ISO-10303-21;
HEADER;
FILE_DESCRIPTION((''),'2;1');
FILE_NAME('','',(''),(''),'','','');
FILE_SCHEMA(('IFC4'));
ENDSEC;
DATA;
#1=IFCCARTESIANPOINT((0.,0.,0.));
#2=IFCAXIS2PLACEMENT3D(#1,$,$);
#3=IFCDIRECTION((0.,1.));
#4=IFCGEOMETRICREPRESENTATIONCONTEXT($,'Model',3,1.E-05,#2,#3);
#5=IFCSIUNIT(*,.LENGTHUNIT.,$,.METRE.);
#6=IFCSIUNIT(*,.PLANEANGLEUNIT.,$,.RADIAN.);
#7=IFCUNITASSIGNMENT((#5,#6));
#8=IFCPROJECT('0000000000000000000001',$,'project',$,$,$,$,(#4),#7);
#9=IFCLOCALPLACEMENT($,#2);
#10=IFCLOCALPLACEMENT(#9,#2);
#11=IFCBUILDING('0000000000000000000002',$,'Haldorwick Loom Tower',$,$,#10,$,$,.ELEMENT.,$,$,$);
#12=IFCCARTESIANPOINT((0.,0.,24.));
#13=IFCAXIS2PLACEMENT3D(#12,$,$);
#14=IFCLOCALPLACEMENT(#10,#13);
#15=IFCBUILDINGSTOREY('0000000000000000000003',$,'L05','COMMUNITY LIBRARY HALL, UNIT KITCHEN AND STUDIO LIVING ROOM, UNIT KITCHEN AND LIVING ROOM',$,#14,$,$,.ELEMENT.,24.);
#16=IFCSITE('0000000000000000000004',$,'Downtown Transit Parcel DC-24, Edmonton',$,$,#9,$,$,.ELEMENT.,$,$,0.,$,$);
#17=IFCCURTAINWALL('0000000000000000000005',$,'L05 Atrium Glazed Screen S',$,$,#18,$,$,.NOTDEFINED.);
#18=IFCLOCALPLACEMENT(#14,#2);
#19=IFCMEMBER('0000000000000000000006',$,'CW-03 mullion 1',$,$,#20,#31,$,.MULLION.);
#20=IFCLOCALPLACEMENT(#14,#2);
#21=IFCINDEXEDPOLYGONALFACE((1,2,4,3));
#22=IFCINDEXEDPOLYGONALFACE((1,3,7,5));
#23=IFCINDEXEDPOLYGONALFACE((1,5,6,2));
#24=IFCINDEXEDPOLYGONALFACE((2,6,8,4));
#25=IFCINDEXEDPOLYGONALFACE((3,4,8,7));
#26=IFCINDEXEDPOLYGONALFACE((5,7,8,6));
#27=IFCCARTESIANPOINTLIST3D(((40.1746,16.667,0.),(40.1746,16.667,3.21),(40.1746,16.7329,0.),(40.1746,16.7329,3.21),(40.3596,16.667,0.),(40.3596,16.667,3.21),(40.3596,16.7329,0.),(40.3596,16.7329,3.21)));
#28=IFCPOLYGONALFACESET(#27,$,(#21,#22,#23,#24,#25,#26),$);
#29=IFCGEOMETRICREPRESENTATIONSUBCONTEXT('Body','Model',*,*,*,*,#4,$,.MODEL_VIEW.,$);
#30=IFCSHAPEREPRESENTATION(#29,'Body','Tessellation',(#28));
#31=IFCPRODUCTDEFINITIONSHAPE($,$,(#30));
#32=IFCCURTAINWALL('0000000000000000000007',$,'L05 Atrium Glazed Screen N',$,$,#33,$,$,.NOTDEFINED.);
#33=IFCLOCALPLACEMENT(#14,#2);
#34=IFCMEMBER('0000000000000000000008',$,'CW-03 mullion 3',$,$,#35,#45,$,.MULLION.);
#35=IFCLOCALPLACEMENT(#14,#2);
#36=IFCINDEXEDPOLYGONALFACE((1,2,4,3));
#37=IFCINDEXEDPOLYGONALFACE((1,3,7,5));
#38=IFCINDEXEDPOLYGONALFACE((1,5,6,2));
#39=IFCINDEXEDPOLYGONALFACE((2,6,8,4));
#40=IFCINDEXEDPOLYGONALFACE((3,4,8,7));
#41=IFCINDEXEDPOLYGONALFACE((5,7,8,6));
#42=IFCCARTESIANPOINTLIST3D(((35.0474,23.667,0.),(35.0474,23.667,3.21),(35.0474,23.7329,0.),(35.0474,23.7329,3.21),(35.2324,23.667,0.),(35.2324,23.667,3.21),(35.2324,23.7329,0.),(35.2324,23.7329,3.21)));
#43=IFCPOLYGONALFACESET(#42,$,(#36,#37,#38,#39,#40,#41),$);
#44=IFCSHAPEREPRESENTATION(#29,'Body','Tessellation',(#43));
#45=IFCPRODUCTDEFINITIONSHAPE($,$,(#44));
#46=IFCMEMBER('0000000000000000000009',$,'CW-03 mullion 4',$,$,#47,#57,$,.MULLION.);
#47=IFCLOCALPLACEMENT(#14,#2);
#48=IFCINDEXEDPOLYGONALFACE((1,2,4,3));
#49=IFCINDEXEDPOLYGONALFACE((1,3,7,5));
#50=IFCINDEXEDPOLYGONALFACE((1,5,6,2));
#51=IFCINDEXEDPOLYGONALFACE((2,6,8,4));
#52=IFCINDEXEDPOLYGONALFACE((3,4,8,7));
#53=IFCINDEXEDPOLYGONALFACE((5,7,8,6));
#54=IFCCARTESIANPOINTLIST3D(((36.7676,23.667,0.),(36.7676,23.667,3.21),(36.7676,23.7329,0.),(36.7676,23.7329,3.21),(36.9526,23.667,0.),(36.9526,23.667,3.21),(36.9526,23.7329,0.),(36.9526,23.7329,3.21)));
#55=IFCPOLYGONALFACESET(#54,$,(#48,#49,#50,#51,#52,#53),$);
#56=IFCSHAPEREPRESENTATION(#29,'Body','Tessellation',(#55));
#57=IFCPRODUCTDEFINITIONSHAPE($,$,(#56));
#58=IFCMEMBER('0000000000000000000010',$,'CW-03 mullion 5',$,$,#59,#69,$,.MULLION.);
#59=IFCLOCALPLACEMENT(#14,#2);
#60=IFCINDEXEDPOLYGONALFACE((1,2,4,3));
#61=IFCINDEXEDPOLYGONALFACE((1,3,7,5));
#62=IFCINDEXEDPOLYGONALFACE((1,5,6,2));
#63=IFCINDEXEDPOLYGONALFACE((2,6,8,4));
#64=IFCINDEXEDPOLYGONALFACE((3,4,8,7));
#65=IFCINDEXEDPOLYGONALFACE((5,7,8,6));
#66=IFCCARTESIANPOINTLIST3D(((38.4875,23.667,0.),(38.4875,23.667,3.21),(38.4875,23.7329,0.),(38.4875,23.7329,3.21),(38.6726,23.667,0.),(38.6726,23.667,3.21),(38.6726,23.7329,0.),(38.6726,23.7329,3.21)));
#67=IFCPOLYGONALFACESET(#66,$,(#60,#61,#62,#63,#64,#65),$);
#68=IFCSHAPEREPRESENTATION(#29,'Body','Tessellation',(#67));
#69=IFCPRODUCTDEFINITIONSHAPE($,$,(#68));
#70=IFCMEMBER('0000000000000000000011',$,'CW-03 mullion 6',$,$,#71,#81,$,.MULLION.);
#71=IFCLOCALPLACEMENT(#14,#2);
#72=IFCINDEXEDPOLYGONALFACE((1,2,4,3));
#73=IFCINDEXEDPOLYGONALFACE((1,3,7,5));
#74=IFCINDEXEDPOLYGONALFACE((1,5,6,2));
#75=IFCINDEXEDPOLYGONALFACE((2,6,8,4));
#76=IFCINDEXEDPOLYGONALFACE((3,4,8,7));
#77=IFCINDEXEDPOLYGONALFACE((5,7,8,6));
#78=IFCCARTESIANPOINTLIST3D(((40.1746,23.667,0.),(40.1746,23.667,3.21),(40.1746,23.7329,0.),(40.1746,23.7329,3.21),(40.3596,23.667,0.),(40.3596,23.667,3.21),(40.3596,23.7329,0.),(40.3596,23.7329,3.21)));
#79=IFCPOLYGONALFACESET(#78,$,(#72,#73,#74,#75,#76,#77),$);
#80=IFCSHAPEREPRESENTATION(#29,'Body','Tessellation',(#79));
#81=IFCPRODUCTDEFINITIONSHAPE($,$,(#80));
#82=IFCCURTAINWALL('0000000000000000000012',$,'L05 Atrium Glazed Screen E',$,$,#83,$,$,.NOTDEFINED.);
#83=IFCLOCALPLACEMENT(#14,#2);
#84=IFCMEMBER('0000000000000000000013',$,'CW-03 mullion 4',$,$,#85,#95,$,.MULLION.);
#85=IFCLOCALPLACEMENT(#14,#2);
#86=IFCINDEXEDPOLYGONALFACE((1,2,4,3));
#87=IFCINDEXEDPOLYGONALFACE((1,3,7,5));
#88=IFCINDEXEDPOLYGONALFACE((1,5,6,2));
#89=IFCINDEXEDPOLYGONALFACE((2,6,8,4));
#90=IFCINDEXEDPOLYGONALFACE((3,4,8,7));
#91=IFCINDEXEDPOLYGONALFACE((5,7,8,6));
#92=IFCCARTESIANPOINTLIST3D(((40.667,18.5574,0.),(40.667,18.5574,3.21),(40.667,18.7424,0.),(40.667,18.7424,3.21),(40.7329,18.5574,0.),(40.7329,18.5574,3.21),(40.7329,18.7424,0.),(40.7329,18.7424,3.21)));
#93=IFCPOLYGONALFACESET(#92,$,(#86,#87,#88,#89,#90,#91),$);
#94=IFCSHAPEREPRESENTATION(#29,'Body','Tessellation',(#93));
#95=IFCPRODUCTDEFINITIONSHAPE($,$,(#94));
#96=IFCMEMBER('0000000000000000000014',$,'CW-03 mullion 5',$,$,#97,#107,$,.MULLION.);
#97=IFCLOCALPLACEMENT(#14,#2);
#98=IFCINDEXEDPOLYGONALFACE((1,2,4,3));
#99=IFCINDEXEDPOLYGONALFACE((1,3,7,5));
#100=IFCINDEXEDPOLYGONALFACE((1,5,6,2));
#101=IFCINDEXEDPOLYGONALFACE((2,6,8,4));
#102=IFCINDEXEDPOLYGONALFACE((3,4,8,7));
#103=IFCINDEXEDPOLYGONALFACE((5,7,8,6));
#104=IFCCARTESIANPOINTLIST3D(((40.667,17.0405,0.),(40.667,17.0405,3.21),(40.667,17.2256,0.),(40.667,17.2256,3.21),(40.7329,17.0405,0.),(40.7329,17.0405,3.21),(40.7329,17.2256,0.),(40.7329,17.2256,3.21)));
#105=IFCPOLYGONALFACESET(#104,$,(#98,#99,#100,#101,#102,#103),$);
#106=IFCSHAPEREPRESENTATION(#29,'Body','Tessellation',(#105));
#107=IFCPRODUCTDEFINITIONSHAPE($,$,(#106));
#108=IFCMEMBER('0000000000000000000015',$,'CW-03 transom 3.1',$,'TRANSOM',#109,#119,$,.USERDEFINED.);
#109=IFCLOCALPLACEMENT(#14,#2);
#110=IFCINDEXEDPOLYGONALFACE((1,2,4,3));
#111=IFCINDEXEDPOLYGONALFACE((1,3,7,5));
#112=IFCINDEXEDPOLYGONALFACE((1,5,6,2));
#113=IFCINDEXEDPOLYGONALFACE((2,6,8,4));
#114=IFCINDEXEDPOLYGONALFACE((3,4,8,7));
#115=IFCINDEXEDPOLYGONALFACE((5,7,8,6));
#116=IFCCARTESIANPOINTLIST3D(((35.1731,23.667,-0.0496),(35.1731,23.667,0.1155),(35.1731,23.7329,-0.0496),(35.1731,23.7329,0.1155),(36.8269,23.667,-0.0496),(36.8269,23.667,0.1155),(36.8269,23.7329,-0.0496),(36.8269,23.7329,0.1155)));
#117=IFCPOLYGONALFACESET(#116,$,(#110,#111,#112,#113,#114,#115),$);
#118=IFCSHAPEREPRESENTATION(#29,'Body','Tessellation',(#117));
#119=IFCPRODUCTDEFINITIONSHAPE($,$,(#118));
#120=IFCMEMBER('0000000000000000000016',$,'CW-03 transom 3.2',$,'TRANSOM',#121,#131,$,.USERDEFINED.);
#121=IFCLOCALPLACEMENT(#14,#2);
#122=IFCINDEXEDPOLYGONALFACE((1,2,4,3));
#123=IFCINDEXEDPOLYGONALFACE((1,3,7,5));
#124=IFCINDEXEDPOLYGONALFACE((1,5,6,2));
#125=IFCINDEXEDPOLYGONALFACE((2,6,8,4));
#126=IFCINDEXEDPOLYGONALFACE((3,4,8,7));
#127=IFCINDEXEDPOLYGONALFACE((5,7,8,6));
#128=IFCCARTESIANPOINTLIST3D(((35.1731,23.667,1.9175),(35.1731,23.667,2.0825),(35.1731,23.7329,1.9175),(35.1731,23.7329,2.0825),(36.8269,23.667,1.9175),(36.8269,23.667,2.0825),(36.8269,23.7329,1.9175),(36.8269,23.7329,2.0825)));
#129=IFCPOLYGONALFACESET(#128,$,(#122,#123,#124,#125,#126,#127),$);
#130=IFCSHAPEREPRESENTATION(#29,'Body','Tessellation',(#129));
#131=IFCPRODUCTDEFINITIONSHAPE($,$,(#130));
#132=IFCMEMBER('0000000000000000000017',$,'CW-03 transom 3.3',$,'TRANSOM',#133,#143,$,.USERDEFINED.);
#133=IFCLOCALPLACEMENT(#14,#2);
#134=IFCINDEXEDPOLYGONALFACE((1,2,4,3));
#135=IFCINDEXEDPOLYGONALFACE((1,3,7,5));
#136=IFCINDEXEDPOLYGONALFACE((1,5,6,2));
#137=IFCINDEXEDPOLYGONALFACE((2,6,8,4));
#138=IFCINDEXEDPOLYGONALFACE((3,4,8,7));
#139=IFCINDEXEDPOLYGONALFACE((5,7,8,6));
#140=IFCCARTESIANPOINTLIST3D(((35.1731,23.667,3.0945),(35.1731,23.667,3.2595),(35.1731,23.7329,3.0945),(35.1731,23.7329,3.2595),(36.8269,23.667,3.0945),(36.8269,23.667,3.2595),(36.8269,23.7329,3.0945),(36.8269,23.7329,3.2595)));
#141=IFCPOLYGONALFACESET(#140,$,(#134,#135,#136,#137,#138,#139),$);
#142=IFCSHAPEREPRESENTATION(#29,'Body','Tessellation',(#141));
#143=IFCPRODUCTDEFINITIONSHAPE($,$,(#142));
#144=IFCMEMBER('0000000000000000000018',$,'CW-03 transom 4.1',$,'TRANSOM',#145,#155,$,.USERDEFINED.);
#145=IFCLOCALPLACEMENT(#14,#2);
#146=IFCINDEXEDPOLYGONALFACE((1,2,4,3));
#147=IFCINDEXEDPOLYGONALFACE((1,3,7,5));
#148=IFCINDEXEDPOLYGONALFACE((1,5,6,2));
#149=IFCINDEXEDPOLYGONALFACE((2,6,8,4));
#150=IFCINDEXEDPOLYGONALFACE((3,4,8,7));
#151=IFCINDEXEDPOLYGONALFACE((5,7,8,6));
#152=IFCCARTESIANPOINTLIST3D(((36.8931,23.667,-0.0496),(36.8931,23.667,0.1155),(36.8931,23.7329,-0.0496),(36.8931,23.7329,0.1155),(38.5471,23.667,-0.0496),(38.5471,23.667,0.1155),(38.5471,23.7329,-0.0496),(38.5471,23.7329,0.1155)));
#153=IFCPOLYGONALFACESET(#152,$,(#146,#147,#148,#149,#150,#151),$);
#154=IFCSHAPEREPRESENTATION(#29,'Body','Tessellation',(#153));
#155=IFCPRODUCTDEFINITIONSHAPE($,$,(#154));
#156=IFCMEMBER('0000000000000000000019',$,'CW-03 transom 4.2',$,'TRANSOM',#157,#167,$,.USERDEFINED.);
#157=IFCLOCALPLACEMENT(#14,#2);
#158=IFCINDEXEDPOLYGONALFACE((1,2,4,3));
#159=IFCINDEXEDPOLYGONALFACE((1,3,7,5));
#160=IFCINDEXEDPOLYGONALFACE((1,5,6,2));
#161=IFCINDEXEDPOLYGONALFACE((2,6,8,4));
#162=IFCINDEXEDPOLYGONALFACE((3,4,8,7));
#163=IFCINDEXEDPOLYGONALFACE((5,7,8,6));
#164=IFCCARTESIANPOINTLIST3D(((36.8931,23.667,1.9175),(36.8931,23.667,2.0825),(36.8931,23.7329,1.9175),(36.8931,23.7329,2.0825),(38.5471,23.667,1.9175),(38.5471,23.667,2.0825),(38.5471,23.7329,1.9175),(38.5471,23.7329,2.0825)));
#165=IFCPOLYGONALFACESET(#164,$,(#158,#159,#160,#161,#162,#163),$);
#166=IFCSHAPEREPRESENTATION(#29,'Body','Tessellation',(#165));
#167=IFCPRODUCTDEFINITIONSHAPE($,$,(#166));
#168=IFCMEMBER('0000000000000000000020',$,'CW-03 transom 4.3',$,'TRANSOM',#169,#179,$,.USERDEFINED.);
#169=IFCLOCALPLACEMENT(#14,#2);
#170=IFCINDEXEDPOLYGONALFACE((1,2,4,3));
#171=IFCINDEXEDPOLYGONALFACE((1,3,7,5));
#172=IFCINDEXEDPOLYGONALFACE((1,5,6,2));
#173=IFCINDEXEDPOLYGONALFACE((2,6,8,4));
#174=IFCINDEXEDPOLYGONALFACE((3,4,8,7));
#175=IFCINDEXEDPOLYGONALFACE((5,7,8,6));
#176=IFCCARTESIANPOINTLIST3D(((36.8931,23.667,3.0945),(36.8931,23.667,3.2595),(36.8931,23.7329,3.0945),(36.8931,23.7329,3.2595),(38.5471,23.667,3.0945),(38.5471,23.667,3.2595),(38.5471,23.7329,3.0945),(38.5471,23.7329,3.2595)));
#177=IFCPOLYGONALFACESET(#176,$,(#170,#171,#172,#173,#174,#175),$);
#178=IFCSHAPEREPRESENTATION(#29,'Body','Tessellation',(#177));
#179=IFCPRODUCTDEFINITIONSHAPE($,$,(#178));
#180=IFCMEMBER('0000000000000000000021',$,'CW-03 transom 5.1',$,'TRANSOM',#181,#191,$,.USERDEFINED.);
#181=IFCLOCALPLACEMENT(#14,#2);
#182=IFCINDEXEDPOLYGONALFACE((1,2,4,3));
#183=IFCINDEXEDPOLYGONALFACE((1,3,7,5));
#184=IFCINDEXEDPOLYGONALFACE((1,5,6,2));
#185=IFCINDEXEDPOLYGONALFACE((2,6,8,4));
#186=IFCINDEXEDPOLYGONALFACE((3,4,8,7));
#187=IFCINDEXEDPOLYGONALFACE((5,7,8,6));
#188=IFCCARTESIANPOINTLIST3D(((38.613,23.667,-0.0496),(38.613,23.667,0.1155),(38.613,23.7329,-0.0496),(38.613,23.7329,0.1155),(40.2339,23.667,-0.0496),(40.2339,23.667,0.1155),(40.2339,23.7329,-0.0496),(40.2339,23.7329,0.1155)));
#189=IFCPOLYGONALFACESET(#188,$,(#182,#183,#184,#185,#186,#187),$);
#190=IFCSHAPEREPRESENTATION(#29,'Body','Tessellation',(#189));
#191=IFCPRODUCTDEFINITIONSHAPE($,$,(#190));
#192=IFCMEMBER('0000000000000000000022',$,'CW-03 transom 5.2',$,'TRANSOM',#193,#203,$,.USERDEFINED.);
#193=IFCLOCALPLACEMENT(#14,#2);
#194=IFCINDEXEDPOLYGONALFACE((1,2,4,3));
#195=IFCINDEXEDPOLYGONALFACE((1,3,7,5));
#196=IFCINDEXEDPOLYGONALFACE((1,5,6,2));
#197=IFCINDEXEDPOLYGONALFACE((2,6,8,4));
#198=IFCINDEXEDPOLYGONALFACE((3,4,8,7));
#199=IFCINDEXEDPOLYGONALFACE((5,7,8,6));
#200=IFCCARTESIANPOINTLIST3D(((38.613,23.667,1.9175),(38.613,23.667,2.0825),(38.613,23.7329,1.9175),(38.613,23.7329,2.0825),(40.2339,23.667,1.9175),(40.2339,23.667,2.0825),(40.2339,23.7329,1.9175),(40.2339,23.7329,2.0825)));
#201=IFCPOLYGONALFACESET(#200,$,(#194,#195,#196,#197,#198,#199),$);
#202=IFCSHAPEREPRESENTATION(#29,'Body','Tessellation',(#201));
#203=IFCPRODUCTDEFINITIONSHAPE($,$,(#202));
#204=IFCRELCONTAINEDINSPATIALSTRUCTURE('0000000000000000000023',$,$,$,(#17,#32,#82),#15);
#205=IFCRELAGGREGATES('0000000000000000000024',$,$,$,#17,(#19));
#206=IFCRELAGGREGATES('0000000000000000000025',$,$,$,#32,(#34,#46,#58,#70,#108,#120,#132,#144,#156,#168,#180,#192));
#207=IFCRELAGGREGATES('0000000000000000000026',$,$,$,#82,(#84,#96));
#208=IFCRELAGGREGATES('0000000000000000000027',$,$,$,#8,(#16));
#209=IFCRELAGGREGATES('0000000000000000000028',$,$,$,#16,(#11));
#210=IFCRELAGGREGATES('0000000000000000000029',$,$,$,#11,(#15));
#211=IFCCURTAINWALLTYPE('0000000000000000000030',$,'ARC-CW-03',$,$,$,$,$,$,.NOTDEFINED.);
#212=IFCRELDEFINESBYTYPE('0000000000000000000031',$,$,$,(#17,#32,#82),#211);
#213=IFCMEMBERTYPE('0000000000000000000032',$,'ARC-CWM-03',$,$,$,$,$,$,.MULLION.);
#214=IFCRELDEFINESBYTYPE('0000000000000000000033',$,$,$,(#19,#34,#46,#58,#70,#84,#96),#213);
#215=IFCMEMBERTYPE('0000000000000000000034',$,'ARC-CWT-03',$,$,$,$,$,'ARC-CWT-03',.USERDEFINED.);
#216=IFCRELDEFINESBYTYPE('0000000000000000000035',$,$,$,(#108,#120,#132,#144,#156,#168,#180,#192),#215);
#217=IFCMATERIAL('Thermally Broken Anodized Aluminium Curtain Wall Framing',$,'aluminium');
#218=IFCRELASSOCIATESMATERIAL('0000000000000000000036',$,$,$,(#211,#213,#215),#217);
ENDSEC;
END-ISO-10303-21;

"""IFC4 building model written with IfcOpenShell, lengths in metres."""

from ifc_helpers import new_model, si_unit, direction, frame, origin, origin_2d, place, context, subcontext, project, spatial, rectangle, extrude, material, material_profile, profile_set, type_object, element, aggregate, save


model = new_model("IFC4")

# Units and contexts
model_context = context("Model", 3, precision=1e-05, world=origin(), true_north=direction((0.0, 1.0)))
body_context = subcontext(model_context, "Body", "Model", "MODEL_VIEW")
ifc_project = project(units=[si_unit("LENGTHUNIT", "METRE"), si_unit("PLANEANGLEUNIT", "RADIAN")], contexts=[model_context])

# Site, building, storey
site_placement = place(None, origin())
site = spatial("IfcSite", under=ifc_project, at=site_placement, Name="Downtown Transit Parcel DC-24, Edmonton", CompositionType="ELEMENT", RefElevation=0.0)
building_placement = place(site_placement, origin())
building = spatial("IfcBuilding", under=site, at=building_placement, Name="Haldorwick Loom Tower", CompositionType="ELEMENT")
storey_placement = place(building_placement, frame((0.0, 0.0, 24.0)))
storey = spatial("IfcBuildingStorey", under=building, at=storey_placement, Name="L05", Description="COMMUNITY LIBRARY HALL, UNIT KITCHEN AND STUDIO LIVING ROOM, UNIT KITCHEN AND LIVING ROOM", CompositionType="ELEMENT", Elevation=24.0)

# Curtain wall, member
ifc_material_1 = material(Name="Thermally Broken Anodized Aluminium Curtain Wall Framing", Category="aluminium")
curtain_wall_type = type_object("IfcCurtainWallType", Name="ARC-CW-03", PredefinedType="NOTDEFINED", material=ifc_material_1)
curtain_wall_1_placement = place(storey_placement, origin())
curtain_wall_1 = element("IfcCurtainWall", 1, at=curtain_wall_1_placement, inside=storey, type_object=curtain_wall_type, Name="L05 Atrium Glazed Screen S", PredefinedType="NOTDEFINED")
ifc_material_profile_1 = material_profile(ifc_material_1, rectangle(XDim=0.0659, YDim=0.1851, at=origin_2d()), Name="ALU_MUL_66X185", Category="aluminium")
ifc_profile_set_1 = profile_set([ifc_material_profile_1], Name="Thermally Broken Anodized Aluminium Curtain Wall Framing")
member_type_1 = type_object("IfcMemberType", Name="ARC-CWM-03", PredefinedType="MULLION", material=ifc_profile_set_1)
member_1_placement = place(storey_placement, frame((40.2671, 16.7, 0.0), z_axis=(0.0, 0.0, 1.0), x_axis=(0.0, -1.0, 0.0)))
member_1 = element("IfcMember", 2, at=member_1_placement, type_object=member_type_1, Name="CW-03 mullion 1", PredefinedType="MULLION", context=body_context, shape_type="SweptSolid", body=[
    extrude(rectangle(XDim=0.0659, YDim=0.1851, at=origin_2d()), origin(), (0.0, 0.0, 1.0), 3.21),
])
aggregate(curtain_wall_1, [member_1])

# Curtain walls, members
curtain_wall_2_placement = place(storey_placement, origin())
curtain_wall_2 = element("IfcCurtainWall", 3, at=curtain_wall_2_placement, inside=storey, type_object=curtain_wall_type, Name="L05 Atrium Glazed Screen N", PredefinedType="NOTDEFINED")
member_2_placement = place(storey_placement, frame((35.1399, 23.7, 0.0), z_axis=(0.0, 0.0, 1.0), x_axis=(0.0, 1.0, 0.0)))
member_2 = element("IfcMember", 4, at=member_2_placement, type_object=member_type_1, Name="CW-03 mullion 3", PredefinedType="MULLION", context=body_context, shape_type="SweptSolid", body=[
    extrude(rectangle(XDim=0.0659, YDim=0.1851, at=origin_2d()), origin(), (0.0, 0.0, 1.0), 3.21),
])
member_3_placement = place(storey_placement, frame((36.8601, 23.7, 0.0), z_axis=(0.0, 0.0, 1.0), x_axis=(0.0, 1.0, 0.0)))
member_3 = element("IfcMember", 5, at=member_3_placement, type_object=member_type_1, Name="CW-03 mullion 4", PredefinedType="MULLION", context=body_context, shape_type="SweptSolid", body=[
    extrude(rectangle(XDim=0.0659, YDim=0.1851, at=origin_2d()), origin(), (0.0, 0.0, 1.0), 3.21),
])
member_4_placement = place(storey_placement, frame((38.5801, 23.7, 0.0), z_axis=(0.0, 0.0, 1.0), x_axis=(0.0, 1.0, 0.0)))
member_4 = element("IfcMember", 6, at=member_4_placement, type_object=member_type_1, Name="CW-03 mullion 5", PredefinedType="MULLION", context=body_context, shape_type="SweptSolid", body=[
    extrude(rectangle(XDim=0.0659, YDim=0.1851, at=origin_2d()), origin(), (0.0, 0.0, 1.0), 3.21),
])
member_5_placement = place(storey_placement, frame((40.2671, 23.7, 0.0), z_axis=(0.0, 0.0, 1.0), x_axis=(0.0, 1.0, 0.0)))
member_5 = element("IfcMember", 7, at=member_5_placement, type_object=member_type_1, Name="CW-03 mullion 6", PredefinedType="MULLION", context=body_context, shape_type="SweptSolid", body=[
    extrude(rectangle(XDim=0.0659, YDim=0.1851, at=origin_2d()), origin(), (0.0, 0.0, 1.0), 3.21),
])
curtain_wall_3_placement = place(storey_placement, origin())
curtain_wall_3 = element("IfcCurtainWall", 8, at=curtain_wall_3_placement, inside=storey, type_object=curtain_wall_type, Name="L05 Atrium Glazed Screen E", PredefinedType="NOTDEFINED")
member_6_placement = place(storey_placement, frame((40.7, 18.6499, 0.0), z_axis=(0.0, 0.0, 1.0), x_axis=(1.0, 0.0, 0.0)))
member_6 = element("IfcMember", 9, at=member_6_placement, type_object=member_type_1, Name="CW-03 mullion 4", PredefinedType="MULLION", context=body_context, shape_type="SweptSolid", body=[
    extrude(rectangle(XDim=0.0659, YDim=0.1851, at=origin_2d()), origin(), (0.0, 0.0, 1.0), 3.21),
])
member_7_placement = place(storey_placement, frame((40.7, 17.1331, 0.0), z_axis=(0.0, 0.0, 1.0), x_axis=(1.0, 0.0, 0.0)))
member_7 = element("IfcMember", 10, at=member_7_placement, type_object=member_type_1, Name="CW-03 mullion 5", PredefinedType="MULLION", context=body_context, shape_type="SweptSolid", body=[
    extrude(rectangle(XDim=0.0659, YDim=0.1851, at=origin_2d()), origin(), (0.0, 0.0, 1.0), 3.21),
])

# Members
ifc_material_profile_2 = material_profile(ifc_material_1, rectangle(XDim=0.0659, YDim=0.165, at=origin_2d()), Name="ALU_TRN_66X165", Category="aluminium")
ifc_profile_set_2 = profile_set([ifc_material_profile_2], Name="Thermally Broken Anodized Aluminium Curtain Wall Framing")
member_type_2 = type_object("IfcMemberType", Name="ARC-CWT-03", ElementType="ARC-CWT-03", PredefinedType="USERDEFINED", material=ifc_profile_set_2)
member_8_placement = place(storey_placement, frame((35.1731, 23.7, 0.033), z_axis=(1.0, 0.0, 0.0), x_axis=(0.0, 1.0, 0.0)))
member_8 = element("IfcMember", 11, at=member_8_placement, type_object=member_type_2, Name="CW-03 transom 3.1", ObjectType="TRANSOM", PredefinedType="USERDEFINED", context=body_context, shape_type="SweptSolid", body=[
    extrude(rectangle(XDim=0.0659, YDim=0.165, at=origin_2d()), origin(), (0.0, 0.0, 1.0), 1.6538),
])
member_9_placement = place(storey_placement, frame((35.1731, 23.7, 2.0), z_axis=(1.0, 0.0, 0.0), x_axis=(0.0, 1.0, 0.0)))
member_9 = element("IfcMember", 12, at=member_9_placement, type_object=member_type_2, Name="CW-03 transom 3.2", ObjectType="TRANSOM", PredefinedType="USERDEFINED", context=body_context, shape_type="SweptSolid", body=[
    extrude(rectangle(XDim=0.0659, YDim=0.165, at=origin_2d()), origin(), (0.0, 0.0, 1.0), 1.6538),
])
member_10_placement = place(storey_placement, frame((35.1731, 23.7, 3.177), z_axis=(1.0, 0.0, 0.0), x_axis=(0.0, 1.0, 0.0)))
member_10 = element("IfcMember", 13, at=member_10_placement, type_object=member_type_2, Name="CW-03 transom 3.3", ObjectType="TRANSOM", PredefinedType="USERDEFINED", context=body_context, shape_type="SweptSolid", body=[
    extrude(rectangle(XDim=0.0659, YDim=0.165, at=origin_2d()), origin(), (0.0, 0.0, 1.0), 1.6538),
])
member_11_placement = place(storey_placement, frame((36.8931, 23.7, 0.033), z_axis=(1.0, 0.0, 0.0), x_axis=(0.0, 1.0, 0.0)))
member_11 = element("IfcMember", 14, at=member_11_placement, type_object=member_type_2, Name="CW-03 transom 4.1", ObjectType="TRANSOM", PredefinedType="USERDEFINED", context=body_context, shape_type="SweptSolid", body=[
    extrude(rectangle(XDim=0.0659, YDim=0.165, at=origin_2d()), origin(), (0.0, 0.0, 1.0), 1.6541),
])
member_12_placement = place(storey_placement, frame((36.8931, 23.7, 2.0), z_axis=(1.0, 0.0, 0.0), x_axis=(0.0, 1.0, 0.0)))
member_12 = element("IfcMember", 15, at=member_12_placement, type_object=member_type_2, Name="CW-03 transom 4.2", ObjectType="TRANSOM", PredefinedType="USERDEFINED", context=body_context, shape_type="SweptSolid", body=[
    extrude(rectangle(XDim=0.0659, YDim=0.165, at=origin_2d()), origin(), (0.0, 0.0, 1.0), 1.6541),
])
member_13_placement = place(storey_placement, frame((36.8931, 23.7, 3.177), z_axis=(1.0, 0.0, 0.0), x_axis=(0.0, 1.0, 0.0)))
member_13 = element("IfcMember", 16, at=member_13_placement, type_object=member_type_2, Name="CW-03 transom 4.3", ObjectType="TRANSOM", PredefinedType="USERDEFINED", context=body_context, shape_type="SweptSolid", body=[
    extrude(rectangle(XDim=0.0659, YDim=0.165, at=origin_2d()), origin(), (0.0, 0.0, 1.0), 1.6541),
])
member_14_placement = place(storey_placement, frame((38.613, 23.7, 0.033), z_axis=(1.0, 0.0, 0.0), x_axis=(0.0, 1.0, 0.0)))
member_14 = element("IfcMember", 17, at=member_14_placement, type_object=member_type_2, Name="CW-03 transom 5.1", ObjectType="TRANSOM", PredefinedType="USERDEFINED", context=body_context, shape_type="SweptSolid", body=[
    extrude(rectangle(XDim=0.0659, YDim=0.165, at=origin_2d()), origin(), (0.0, 0.0, 1.0), 1.6208),
])
member_15_placement = place(storey_placement, frame((38.613, 23.7, 2.0), z_axis=(1.0, 0.0, 0.0), x_axis=(0.0, 1.0, 0.0)))
member_15 = element("IfcMember", 18, at=member_15_placement, type_object=member_type_2, Name="CW-03 transom 5.2", ObjectType="TRANSOM", PredefinedType="USERDEFINED", context=body_context, shape_type="SweptSolid", body=[
    extrude(rectangle(XDim=0.0659, YDim=0.165, at=origin_2d()), origin(), (0.0, 0.0, 1.0), 1.6208),
])

aggregate(curtain_wall_2, [member_2, member_3, member_4, member_5, member_8, member_9, member_10, member_11, member_12, member_13, member_14, member_15])
aggregate(curtain_wall_3, [member_6, member_7])

save(model, "model.ifc")
